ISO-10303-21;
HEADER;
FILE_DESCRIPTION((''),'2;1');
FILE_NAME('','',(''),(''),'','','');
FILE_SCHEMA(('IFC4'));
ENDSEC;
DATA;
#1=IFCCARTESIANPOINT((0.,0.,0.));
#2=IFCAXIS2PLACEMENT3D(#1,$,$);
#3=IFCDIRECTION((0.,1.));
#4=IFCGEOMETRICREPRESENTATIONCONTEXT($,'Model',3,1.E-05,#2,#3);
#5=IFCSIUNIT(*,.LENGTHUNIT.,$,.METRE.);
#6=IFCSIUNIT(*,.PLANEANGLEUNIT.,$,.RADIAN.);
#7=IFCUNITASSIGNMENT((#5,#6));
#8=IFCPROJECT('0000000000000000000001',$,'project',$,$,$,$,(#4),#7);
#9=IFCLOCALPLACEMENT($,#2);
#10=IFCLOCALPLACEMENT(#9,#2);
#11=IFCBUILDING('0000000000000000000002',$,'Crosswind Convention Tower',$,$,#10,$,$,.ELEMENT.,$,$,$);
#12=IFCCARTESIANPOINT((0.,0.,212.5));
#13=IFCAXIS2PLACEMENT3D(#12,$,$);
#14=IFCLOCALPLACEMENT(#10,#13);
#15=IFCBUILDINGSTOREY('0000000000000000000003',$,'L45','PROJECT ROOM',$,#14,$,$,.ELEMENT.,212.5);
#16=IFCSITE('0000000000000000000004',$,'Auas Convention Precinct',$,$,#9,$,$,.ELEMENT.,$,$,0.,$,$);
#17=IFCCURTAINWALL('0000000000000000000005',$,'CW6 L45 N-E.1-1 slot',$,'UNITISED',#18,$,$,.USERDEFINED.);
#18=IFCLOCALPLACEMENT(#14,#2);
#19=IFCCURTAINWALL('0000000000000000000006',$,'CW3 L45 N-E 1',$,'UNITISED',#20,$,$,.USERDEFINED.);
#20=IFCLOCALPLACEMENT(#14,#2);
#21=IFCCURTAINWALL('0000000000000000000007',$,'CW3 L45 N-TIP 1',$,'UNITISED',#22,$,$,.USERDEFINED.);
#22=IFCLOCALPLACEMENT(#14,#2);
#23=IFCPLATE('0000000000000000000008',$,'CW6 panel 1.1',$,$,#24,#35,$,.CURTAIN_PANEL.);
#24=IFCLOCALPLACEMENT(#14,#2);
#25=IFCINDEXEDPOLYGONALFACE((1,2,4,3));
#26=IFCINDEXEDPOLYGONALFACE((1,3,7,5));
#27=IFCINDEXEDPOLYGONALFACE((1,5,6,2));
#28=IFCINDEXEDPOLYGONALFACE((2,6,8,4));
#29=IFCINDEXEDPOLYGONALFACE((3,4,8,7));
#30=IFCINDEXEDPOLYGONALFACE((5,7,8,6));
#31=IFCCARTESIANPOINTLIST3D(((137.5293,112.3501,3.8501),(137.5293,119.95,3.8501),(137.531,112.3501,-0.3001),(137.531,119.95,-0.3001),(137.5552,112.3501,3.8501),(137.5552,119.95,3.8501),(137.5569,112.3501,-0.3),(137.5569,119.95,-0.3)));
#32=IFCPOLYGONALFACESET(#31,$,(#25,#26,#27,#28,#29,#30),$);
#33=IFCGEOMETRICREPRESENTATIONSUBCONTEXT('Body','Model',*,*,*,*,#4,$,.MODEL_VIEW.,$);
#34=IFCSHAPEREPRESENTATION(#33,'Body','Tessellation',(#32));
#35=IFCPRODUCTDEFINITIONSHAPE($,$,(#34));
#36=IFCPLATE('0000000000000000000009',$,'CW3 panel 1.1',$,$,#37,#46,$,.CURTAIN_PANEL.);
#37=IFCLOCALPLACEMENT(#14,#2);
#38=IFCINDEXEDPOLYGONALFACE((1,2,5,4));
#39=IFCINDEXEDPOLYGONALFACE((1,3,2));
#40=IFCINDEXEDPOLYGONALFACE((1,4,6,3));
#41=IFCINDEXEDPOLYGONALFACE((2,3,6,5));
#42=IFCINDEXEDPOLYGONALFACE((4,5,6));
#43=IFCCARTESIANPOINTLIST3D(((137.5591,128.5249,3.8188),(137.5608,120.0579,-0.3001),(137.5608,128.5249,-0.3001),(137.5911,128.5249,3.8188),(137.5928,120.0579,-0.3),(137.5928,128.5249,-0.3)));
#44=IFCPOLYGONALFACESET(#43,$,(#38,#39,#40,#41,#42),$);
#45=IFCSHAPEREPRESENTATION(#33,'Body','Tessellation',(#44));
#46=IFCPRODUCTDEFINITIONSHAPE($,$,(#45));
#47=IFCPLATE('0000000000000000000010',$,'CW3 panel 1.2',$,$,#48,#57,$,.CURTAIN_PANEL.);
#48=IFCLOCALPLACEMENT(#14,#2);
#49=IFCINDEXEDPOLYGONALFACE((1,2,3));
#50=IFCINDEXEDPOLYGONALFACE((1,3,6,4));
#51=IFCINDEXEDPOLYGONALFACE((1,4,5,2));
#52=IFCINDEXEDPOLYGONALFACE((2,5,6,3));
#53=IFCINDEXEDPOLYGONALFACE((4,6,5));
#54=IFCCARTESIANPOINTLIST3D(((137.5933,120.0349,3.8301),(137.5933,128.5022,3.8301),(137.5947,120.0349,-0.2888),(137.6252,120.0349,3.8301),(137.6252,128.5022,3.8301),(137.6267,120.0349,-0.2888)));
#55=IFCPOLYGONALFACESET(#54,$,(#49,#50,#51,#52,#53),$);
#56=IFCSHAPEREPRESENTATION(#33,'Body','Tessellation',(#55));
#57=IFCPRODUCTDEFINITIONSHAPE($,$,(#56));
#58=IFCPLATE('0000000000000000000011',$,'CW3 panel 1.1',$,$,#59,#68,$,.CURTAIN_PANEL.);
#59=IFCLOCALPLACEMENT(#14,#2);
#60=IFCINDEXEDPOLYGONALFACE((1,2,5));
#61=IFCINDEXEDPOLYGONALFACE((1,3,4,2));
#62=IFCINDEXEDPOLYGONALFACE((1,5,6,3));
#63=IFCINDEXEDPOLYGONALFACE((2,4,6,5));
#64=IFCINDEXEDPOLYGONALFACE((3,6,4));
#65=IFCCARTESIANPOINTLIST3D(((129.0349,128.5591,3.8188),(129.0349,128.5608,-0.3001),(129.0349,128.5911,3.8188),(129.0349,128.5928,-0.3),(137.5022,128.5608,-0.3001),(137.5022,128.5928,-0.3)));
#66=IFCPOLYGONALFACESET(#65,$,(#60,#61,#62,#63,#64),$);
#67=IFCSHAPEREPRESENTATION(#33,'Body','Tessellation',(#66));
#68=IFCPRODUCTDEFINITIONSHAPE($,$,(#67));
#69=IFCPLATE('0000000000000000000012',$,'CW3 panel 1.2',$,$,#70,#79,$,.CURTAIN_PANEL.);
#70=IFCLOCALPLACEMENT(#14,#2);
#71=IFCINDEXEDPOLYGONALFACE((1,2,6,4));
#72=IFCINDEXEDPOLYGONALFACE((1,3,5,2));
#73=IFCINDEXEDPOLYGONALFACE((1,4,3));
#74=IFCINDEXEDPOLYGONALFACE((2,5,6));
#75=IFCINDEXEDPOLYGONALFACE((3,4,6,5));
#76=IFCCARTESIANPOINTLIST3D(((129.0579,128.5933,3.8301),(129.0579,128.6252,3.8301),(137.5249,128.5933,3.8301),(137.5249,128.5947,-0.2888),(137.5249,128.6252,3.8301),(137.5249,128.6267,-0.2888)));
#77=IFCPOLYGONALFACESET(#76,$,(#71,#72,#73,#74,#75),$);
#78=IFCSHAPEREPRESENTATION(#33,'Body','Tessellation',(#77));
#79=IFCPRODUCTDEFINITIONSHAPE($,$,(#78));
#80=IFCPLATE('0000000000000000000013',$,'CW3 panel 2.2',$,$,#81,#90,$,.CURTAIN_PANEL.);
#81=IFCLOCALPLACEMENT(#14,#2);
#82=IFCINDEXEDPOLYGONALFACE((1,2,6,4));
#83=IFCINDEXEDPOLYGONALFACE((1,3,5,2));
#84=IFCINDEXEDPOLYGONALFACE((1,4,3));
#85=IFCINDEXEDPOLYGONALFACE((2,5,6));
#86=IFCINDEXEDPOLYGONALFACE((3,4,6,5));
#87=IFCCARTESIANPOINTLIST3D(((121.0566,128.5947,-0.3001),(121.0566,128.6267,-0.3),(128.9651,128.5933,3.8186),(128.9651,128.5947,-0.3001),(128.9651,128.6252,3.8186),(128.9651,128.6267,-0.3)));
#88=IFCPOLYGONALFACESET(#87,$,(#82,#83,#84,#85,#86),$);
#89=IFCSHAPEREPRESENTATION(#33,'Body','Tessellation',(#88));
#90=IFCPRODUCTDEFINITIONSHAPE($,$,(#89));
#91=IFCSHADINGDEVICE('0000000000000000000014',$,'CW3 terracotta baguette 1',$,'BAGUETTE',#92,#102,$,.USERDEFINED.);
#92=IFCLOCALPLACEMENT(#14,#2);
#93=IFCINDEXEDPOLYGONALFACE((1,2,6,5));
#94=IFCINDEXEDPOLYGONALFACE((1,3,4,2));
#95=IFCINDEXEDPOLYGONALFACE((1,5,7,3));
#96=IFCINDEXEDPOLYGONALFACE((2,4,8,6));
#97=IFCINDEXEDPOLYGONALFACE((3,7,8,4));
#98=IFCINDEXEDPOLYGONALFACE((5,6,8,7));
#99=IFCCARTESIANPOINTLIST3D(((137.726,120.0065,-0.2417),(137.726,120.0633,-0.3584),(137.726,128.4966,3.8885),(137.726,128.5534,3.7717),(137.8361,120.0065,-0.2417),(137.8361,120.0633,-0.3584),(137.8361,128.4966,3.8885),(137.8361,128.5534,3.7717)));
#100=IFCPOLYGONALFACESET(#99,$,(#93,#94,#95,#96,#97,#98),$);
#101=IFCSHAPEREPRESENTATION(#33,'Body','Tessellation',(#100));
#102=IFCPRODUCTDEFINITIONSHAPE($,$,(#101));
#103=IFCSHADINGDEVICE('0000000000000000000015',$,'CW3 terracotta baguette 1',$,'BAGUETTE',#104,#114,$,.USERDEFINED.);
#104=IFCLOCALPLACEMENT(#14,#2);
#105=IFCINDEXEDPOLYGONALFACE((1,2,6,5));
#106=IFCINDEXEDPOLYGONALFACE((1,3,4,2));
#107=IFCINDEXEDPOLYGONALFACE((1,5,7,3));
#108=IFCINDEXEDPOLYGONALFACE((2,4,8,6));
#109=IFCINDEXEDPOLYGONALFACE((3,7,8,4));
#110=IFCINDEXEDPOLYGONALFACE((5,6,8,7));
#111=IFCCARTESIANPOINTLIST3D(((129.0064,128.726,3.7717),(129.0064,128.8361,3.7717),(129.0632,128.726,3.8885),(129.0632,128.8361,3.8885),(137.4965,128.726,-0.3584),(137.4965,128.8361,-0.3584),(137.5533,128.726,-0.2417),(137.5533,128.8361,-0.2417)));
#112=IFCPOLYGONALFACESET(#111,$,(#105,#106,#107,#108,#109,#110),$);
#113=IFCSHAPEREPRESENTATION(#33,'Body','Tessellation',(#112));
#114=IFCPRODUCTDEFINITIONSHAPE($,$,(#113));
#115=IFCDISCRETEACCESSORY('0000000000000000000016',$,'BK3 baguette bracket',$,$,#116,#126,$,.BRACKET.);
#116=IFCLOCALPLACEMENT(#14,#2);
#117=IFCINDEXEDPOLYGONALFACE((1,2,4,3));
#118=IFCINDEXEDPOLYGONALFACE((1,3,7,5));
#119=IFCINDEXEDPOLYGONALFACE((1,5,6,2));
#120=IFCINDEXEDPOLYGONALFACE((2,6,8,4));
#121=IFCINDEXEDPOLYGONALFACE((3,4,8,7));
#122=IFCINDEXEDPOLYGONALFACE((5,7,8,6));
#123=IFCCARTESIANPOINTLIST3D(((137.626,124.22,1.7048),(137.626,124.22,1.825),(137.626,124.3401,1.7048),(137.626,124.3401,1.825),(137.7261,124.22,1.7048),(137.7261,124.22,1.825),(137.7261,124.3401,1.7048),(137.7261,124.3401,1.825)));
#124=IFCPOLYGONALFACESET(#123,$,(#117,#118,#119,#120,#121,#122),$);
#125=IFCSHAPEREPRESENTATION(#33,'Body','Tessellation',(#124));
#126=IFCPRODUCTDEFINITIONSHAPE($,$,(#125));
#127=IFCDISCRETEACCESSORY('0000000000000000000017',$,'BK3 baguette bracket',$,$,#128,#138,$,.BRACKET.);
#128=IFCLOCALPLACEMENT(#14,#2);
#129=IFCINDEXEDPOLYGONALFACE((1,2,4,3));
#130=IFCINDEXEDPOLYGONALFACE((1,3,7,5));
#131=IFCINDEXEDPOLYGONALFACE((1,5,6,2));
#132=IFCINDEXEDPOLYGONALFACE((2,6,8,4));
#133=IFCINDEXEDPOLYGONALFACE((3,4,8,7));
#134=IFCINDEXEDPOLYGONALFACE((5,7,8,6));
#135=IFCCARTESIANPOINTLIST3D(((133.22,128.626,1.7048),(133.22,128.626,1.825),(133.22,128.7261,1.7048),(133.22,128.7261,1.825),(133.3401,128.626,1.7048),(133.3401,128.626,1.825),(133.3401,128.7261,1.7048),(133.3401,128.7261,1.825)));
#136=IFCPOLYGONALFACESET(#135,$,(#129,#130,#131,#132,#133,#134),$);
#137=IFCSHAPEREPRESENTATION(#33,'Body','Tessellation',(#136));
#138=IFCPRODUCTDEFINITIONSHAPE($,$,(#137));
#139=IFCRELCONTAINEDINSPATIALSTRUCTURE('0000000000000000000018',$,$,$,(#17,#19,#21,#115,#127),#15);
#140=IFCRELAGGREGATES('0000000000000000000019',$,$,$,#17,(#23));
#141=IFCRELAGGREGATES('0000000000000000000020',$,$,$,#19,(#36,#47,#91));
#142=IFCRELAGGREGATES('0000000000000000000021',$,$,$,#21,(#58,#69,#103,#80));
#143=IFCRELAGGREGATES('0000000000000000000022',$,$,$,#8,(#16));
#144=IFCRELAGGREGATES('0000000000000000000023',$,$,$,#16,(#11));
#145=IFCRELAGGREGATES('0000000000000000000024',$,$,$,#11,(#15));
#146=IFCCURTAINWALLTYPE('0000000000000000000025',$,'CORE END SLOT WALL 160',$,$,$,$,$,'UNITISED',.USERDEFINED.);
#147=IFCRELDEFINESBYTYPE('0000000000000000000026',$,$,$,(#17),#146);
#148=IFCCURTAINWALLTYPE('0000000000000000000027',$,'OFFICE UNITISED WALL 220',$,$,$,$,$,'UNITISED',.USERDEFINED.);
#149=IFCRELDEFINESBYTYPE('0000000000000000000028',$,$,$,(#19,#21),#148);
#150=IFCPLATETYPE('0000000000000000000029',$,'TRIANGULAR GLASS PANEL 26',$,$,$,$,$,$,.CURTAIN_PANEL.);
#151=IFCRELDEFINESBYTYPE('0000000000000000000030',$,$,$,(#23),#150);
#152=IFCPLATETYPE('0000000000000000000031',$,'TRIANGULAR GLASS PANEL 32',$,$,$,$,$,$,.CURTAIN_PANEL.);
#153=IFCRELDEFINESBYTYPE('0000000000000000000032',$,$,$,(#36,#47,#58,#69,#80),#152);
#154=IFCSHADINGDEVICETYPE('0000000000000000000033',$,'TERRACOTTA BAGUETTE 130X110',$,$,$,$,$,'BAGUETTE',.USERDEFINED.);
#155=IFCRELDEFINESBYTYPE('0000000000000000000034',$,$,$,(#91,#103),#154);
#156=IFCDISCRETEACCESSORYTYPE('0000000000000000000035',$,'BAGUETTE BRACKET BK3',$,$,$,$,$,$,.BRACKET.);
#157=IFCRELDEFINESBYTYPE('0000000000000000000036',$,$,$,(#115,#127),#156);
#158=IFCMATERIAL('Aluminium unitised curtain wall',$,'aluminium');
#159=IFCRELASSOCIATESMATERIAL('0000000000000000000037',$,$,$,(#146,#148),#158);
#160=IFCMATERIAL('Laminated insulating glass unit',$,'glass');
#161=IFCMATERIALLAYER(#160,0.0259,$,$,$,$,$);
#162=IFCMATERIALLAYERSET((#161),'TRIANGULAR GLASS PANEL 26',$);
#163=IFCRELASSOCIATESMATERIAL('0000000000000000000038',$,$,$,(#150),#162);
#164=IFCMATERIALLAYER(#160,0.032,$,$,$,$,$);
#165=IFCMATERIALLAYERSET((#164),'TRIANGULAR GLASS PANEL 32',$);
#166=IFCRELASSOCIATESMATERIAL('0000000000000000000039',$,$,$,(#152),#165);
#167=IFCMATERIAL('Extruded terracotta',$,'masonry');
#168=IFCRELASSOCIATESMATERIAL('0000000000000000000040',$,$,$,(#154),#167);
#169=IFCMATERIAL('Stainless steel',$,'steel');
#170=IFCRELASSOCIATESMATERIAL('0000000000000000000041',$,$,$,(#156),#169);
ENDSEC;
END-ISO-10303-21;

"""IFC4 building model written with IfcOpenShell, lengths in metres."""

from ifc_helpers import new_model, si_unit, direction, frame, origin, origin_2d, place, context, subcontext, project, spatial, polyline, rectangle, outline, extrude, material, layer, layer_set, material_profile, profile_set, type_object, element, aggregate, save


model = new_model("IFC4")

# Units and contexts
model_context = context("Model", 3, precision=1e-05, world=origin(), true_north=direction((0.0, 1.0)))
body_context = subcontext(model_context, "Body", "Model", "MODEL_VIEW")
ifc_project = project(units=[si_unit("LENGTHUNIT", "METRE"), si_unit("PLANEANGLEUNIT", "RADIAN")], contexts=[model_context])

# Site, building, storey
site_placement = place(None, origin())
site = spatial("IfcSite", under=ifc_project, at=site_placement, Name="Auas Convention Precinct", CompositionType="ELEMENT", RefElevation=0.0)
building_placement = place(site_placement, origin())
building = spatial("IfcBuilding", under=site, at=building_placement, Name="Crosswind Convention Tower", CompositionType="ELEMENT")
storey_placement = place(building_placement, frame((0.0, 0.0, 212.5)))
storey = spatial("IfcBuildingStorey", under=building, at=storey_placement, Name="L45", Description="PROJECT ROOM", CompositionType="ELEMENT", Elevation=212.5)

# Curtain walls
ifc_material_1 = material(Name="Aluminium unitised curtain wall", Category="aluminium")
curtain_wall_type_1 = type_object("IfcCurtainWallType", Name="CORE END SLOT WALL 160", ElementType="UNITISED", PredefinedType="USERDEFINED", material=ifc_material_1)
curtain_wall_1_placement = place(storey_placement, origin())
curtain_wall_1 = element("IfcCurtainWall", 1, at=curtain_wall_1_placement, inside=storey, type_object=curtain_wall_type_1, Name="CW6 L45 N-E.1-1 slot", ObjectType="UNITISED", PredefinedType="USERDEFINED")
curtain_wall_type_2 = type_object("IfcCurtainWallType", Name="OFFICE UNITISED WALL 220", ElementType="UNITISED", PredefinedType="USERDEFINED", material=ifc_material_1)
curtain_wall_2_placement = place(storey_placement, origin())
curtain_wall_2 = element("IfcCurtainWall", 2, at=curtain_wall_2_placement, inside=storey, type_object=curtain_wall_type_2, Name="CW3 L45 N-E 1", ObjectType="UNITISED", PredefinedType="USERDEFINED")

# Curtain wall
curtain_wall_3_placement = place(storey_placement, origin())
curtain_wall_3 = element("IfcCurtainWall", 3, at=curtain_wall_3_placement, inside=storey, type_object=curtain_wall_type_2, Name="CW3 L45 N-TIP 1", ObjectType="UNITISED", PredefinedType="USERDEFINED")

# Plates
ifc_material_2 = material(Name="Laminated insulating glass unit", Category="glass")
ifc_layer_1 = layer(ifc_material_2, 0.0259)
ifc_layer_set_1 = layer_set([ifc_layer_1], Name="TRIANGULAR GLASS PANEL 26")
plate_type_1 = type_object("IfcPlateType", Name="TRIANGULAR GLASS PANEL 26", PredefinedType="CURTAIN_PANEL", material=ifc_layer_set_1)
plate_1_placement = place(storey_placement, frame((137.5569, 112.3501, -0.3), z_axis=(1.0, 0.0, 0.000412), x_axis=(0.0, 1.0, 0.0)))
plate_1 = element("IfcPlate", 4, at=plate_1_placement, type_object=plate_type_1, Name="CW6 panel 1.1", PredefinedType="CURTAIN_PANEL", context=body_context, shape_type="SweptSolid", body=[
    extrude(outline(polyline([(0.0, 0.0), (7.5999, 0.0), (7.5999, 4.1501), (0.0, 4.1501), (0.0, 0.0)])), origin(), (0.0, 0.0, -1.0), 0.0259),
])
aggregate(curtain_wall_1, [plate_1])
ifc_layer_2 = layer(ifc_material_2, 0.032)
ifc_layer_set_2 = layer_set([ifc_layer_2], Name="TRIANGULAR GLASS PANEL 32")
plate_type_2 = type_object("IfcPlateType", Name="TRIANGULAR GLASS PANEL 32", PredefinedType="CURTAIN_PANEL", material=ifc_layer_set_2)
plate_2_placement = place(storey_placement, frame((137.5928, 128.5249, -0.3), z_axis=(1.0, 0.0, 0.000415), x_axis=(-0.000415, 0.0, 1.0)))
plate_2 = element("IfcPlate", 5, at=plate_2_placement, type_object=plate_type_2, Name="CW3 panel 1.1", PredefinedType="CURTAIN_PANEL", context=body_context, shape_type="SweptSolid", body=[
    extrude(outline(polyline([(0.0, 0.0), (4.1189, 0.0), (0.0, 8.467), (0.0, 0.0)])), origin(), (0.0, 0.0, -1.0), 0.032),
])
plate_3_placement = place(storey_placement, frame((137.6252, 120.0349, 3.8301), z_axis=(1.0, 0.0, 0.000356), x_axis=(0.000356, 0.0, -1.0)))
plate_3 = element("IfcPlate", 6, at=plate_3_placement, type_object=plate_type_2, Name="CW3 panel 1.2", PredefinedType="CURTAIN_PANEL", context=body_context, shape_type="SweptSolid", body=[
    extrude(outline(polyline([(0.0, 0.0), (4.1189, 0.0), (0.0, 8.4673), (0.0, 0.0)])), origin(), (0.0, 0.0, -1.0), 0.032),
])
plate_4_placement = place(storey_placement, frame((129.0349, 128.5928, -0.3), z_axis=(0.0, 1.0, 0.000415), x_axis=(0.0, -0.000415, 1.0)))
plate_4 = element("IfcPlate", 7, at=plate_4_placement, type_object=plate_type_2, Name="CW3 panel 1.1", PredefinedType="CURTAIN_PANEL", context=body_context, shape_type="SweptSolid", body=[
    extrude(outline(polyline([(0.0, 0.0), (4.1189, 0.0), (0.0, 8.4673), (0.0, 0.0)])), origin(), (0.0, 0.0, -1.0), 0.032),
])
plate_5_placement = place(storey_placement, frame((137.5249, 128.6252, 3.8301), z_axis=(0.0, 1.0, 0.000356), x_axis=(0.0, 0.000356, -1.0)))
plate_5 = element("IfcPlate", 8, at=plate_5_placement, type_object=plate_type_2, Name="CW3 panel 1.2", PredefinedType="CURTAIN_PANEL", context=body_context, shape_type="SweptSolid", body=[
    extrude(outline(polyline([(0.0, 0.0), (4.1189, 0.0), (0.0, 8.467), (0.0, 0.0)])), origin(), (0.0, 0.0, -1.0), 0.032),
])
plate_6_placement = place(storey_placement, frame((128.9651, 128.6267, -0.3), z_axis=(0.0, 1.0, 0.000356), x_axis=(-1.0, 0.0, 0.0)))
plate_6 = element("IfcPlate", 9, at=plate_6_placement, type_object=plate_type_2, Name="CW3 panel 2.2", PredefinedType="CURTAIN_PANEL", context=body_context, shape_type="SweptSolid", body=[
    extrude(outline(polyline([(0.0, 0.0), (7.9084, 0.0), (0.0, 4.1187), (0.0, 0.0)])), origin(), (0.0, 0.0, -1.0), 0.032),
])

# Shading devices
ifc_material_3 = material(Name="Extruded terracotta", Category="masonry")
ifc_material_profile_1 = material_profile(ifc_material_3, rectangle(XDim=0.1101, YDim=0.1299, at=origin_2d()), Name="TC 110X130")
ifc_profile_set_1 = profile_set([ifc_material_profile_1], Name="Extruded terracotta")
shading_device_type = type_object("IfcShadingDeviceType", Name="TERRACOTTA BAGUETTE 130X110", ElementType="BAGUETTE", PredefinedType="USERDEFINED", material=ifc_profile_set_1)
shading_device_1_placement = place(storey_placement, frame((137.781, 120.0349, -0.3), z_axis=(0.0, 0.899241, 0.437454), x_axis=(-1.0, 0.0, 0.0)))
shading_device_1 = element("IfcShadingDevice", 10, at=shading_device_1_placement, type_object=shading_device_type, Name="CW3 terracotta baguette 1", ObjectType="BAGUETTE", PredefinedType="USERDEFINED", context=body_context, shape_type="SweptSolid", body=[
    extrude(rectangle(XDim=0.1101, YDim=0.1299, at=origin_2d()), origin(), (0.0, 0.0, 1.0), 9.4414),
])
aggregate(curtain_wall_2, [plate_2, plate_3, shading_device_1])
shading_device_2_placement = place(storey_placement, frame((137.5249, 128.781, -0.3), z_axis=(-0.899241, 0.0, 0.437454), x_axis=(0.0, -1.0, 0.0)))
shading_device_2 = element("IfcShadingDevice", 11, at=shading_device_2_placement, type_object=shading_device_type, Name="CW3 terracotta baguette 1", ObjectType="BAGUETTE", PredefinedType="USERDEFINED", context=body_context, shape_type="SweptSolid", body=[
    extrude(rectangle(XDim=0.1101, YDim=0.1299, at=origin_2d()), origin(), (0.0, 0.0, 1.0), 9.4414),
])
aggregate(curtain_wall_3, [plate_4, plate_5, shading_device_2, plate_6])

# Discrete accessories
ifc_material_4 = material(Name="Stainless steel", Category="steel")
discrete_accessory_type = type_object("IfcDiscreteAccessoryType", Name="BAGUETTE BRACKET BK3", PredefinedType="BRACKET", material=ifc_material_4)
for number, where, z_axis, x_axis, name in (
    (12, (137.676, 124.28, 1.7048), (0.0, 0.0, 1.0), (0.0, 1.0, 0.0), "BK3 baguette bracket"),
    (13, (133.28, 128.676, 1.7048), (0.0, 0.0, 1.0), (-1.0, 0.0, 0.0), "BK3 baguette bracket"),
):
    element("IfcDiscreteAccessory", number, at=place(storey_placement, frame(where, z_axis=z_axis, x_axis=x_axis)), inside=storey, type_object=discrete_accessory_type, Name=name, PredefinedType="BRACKET", context=body_context, shape_type="SweptSolid", body=[
        extrude(rectangle(XDim=0.1201, YDim=0.1001, at=origin_2d()), origin(), (0.0, 0.0, 1.0), 0.1201),
    ])

save(model, "model.ifc")
